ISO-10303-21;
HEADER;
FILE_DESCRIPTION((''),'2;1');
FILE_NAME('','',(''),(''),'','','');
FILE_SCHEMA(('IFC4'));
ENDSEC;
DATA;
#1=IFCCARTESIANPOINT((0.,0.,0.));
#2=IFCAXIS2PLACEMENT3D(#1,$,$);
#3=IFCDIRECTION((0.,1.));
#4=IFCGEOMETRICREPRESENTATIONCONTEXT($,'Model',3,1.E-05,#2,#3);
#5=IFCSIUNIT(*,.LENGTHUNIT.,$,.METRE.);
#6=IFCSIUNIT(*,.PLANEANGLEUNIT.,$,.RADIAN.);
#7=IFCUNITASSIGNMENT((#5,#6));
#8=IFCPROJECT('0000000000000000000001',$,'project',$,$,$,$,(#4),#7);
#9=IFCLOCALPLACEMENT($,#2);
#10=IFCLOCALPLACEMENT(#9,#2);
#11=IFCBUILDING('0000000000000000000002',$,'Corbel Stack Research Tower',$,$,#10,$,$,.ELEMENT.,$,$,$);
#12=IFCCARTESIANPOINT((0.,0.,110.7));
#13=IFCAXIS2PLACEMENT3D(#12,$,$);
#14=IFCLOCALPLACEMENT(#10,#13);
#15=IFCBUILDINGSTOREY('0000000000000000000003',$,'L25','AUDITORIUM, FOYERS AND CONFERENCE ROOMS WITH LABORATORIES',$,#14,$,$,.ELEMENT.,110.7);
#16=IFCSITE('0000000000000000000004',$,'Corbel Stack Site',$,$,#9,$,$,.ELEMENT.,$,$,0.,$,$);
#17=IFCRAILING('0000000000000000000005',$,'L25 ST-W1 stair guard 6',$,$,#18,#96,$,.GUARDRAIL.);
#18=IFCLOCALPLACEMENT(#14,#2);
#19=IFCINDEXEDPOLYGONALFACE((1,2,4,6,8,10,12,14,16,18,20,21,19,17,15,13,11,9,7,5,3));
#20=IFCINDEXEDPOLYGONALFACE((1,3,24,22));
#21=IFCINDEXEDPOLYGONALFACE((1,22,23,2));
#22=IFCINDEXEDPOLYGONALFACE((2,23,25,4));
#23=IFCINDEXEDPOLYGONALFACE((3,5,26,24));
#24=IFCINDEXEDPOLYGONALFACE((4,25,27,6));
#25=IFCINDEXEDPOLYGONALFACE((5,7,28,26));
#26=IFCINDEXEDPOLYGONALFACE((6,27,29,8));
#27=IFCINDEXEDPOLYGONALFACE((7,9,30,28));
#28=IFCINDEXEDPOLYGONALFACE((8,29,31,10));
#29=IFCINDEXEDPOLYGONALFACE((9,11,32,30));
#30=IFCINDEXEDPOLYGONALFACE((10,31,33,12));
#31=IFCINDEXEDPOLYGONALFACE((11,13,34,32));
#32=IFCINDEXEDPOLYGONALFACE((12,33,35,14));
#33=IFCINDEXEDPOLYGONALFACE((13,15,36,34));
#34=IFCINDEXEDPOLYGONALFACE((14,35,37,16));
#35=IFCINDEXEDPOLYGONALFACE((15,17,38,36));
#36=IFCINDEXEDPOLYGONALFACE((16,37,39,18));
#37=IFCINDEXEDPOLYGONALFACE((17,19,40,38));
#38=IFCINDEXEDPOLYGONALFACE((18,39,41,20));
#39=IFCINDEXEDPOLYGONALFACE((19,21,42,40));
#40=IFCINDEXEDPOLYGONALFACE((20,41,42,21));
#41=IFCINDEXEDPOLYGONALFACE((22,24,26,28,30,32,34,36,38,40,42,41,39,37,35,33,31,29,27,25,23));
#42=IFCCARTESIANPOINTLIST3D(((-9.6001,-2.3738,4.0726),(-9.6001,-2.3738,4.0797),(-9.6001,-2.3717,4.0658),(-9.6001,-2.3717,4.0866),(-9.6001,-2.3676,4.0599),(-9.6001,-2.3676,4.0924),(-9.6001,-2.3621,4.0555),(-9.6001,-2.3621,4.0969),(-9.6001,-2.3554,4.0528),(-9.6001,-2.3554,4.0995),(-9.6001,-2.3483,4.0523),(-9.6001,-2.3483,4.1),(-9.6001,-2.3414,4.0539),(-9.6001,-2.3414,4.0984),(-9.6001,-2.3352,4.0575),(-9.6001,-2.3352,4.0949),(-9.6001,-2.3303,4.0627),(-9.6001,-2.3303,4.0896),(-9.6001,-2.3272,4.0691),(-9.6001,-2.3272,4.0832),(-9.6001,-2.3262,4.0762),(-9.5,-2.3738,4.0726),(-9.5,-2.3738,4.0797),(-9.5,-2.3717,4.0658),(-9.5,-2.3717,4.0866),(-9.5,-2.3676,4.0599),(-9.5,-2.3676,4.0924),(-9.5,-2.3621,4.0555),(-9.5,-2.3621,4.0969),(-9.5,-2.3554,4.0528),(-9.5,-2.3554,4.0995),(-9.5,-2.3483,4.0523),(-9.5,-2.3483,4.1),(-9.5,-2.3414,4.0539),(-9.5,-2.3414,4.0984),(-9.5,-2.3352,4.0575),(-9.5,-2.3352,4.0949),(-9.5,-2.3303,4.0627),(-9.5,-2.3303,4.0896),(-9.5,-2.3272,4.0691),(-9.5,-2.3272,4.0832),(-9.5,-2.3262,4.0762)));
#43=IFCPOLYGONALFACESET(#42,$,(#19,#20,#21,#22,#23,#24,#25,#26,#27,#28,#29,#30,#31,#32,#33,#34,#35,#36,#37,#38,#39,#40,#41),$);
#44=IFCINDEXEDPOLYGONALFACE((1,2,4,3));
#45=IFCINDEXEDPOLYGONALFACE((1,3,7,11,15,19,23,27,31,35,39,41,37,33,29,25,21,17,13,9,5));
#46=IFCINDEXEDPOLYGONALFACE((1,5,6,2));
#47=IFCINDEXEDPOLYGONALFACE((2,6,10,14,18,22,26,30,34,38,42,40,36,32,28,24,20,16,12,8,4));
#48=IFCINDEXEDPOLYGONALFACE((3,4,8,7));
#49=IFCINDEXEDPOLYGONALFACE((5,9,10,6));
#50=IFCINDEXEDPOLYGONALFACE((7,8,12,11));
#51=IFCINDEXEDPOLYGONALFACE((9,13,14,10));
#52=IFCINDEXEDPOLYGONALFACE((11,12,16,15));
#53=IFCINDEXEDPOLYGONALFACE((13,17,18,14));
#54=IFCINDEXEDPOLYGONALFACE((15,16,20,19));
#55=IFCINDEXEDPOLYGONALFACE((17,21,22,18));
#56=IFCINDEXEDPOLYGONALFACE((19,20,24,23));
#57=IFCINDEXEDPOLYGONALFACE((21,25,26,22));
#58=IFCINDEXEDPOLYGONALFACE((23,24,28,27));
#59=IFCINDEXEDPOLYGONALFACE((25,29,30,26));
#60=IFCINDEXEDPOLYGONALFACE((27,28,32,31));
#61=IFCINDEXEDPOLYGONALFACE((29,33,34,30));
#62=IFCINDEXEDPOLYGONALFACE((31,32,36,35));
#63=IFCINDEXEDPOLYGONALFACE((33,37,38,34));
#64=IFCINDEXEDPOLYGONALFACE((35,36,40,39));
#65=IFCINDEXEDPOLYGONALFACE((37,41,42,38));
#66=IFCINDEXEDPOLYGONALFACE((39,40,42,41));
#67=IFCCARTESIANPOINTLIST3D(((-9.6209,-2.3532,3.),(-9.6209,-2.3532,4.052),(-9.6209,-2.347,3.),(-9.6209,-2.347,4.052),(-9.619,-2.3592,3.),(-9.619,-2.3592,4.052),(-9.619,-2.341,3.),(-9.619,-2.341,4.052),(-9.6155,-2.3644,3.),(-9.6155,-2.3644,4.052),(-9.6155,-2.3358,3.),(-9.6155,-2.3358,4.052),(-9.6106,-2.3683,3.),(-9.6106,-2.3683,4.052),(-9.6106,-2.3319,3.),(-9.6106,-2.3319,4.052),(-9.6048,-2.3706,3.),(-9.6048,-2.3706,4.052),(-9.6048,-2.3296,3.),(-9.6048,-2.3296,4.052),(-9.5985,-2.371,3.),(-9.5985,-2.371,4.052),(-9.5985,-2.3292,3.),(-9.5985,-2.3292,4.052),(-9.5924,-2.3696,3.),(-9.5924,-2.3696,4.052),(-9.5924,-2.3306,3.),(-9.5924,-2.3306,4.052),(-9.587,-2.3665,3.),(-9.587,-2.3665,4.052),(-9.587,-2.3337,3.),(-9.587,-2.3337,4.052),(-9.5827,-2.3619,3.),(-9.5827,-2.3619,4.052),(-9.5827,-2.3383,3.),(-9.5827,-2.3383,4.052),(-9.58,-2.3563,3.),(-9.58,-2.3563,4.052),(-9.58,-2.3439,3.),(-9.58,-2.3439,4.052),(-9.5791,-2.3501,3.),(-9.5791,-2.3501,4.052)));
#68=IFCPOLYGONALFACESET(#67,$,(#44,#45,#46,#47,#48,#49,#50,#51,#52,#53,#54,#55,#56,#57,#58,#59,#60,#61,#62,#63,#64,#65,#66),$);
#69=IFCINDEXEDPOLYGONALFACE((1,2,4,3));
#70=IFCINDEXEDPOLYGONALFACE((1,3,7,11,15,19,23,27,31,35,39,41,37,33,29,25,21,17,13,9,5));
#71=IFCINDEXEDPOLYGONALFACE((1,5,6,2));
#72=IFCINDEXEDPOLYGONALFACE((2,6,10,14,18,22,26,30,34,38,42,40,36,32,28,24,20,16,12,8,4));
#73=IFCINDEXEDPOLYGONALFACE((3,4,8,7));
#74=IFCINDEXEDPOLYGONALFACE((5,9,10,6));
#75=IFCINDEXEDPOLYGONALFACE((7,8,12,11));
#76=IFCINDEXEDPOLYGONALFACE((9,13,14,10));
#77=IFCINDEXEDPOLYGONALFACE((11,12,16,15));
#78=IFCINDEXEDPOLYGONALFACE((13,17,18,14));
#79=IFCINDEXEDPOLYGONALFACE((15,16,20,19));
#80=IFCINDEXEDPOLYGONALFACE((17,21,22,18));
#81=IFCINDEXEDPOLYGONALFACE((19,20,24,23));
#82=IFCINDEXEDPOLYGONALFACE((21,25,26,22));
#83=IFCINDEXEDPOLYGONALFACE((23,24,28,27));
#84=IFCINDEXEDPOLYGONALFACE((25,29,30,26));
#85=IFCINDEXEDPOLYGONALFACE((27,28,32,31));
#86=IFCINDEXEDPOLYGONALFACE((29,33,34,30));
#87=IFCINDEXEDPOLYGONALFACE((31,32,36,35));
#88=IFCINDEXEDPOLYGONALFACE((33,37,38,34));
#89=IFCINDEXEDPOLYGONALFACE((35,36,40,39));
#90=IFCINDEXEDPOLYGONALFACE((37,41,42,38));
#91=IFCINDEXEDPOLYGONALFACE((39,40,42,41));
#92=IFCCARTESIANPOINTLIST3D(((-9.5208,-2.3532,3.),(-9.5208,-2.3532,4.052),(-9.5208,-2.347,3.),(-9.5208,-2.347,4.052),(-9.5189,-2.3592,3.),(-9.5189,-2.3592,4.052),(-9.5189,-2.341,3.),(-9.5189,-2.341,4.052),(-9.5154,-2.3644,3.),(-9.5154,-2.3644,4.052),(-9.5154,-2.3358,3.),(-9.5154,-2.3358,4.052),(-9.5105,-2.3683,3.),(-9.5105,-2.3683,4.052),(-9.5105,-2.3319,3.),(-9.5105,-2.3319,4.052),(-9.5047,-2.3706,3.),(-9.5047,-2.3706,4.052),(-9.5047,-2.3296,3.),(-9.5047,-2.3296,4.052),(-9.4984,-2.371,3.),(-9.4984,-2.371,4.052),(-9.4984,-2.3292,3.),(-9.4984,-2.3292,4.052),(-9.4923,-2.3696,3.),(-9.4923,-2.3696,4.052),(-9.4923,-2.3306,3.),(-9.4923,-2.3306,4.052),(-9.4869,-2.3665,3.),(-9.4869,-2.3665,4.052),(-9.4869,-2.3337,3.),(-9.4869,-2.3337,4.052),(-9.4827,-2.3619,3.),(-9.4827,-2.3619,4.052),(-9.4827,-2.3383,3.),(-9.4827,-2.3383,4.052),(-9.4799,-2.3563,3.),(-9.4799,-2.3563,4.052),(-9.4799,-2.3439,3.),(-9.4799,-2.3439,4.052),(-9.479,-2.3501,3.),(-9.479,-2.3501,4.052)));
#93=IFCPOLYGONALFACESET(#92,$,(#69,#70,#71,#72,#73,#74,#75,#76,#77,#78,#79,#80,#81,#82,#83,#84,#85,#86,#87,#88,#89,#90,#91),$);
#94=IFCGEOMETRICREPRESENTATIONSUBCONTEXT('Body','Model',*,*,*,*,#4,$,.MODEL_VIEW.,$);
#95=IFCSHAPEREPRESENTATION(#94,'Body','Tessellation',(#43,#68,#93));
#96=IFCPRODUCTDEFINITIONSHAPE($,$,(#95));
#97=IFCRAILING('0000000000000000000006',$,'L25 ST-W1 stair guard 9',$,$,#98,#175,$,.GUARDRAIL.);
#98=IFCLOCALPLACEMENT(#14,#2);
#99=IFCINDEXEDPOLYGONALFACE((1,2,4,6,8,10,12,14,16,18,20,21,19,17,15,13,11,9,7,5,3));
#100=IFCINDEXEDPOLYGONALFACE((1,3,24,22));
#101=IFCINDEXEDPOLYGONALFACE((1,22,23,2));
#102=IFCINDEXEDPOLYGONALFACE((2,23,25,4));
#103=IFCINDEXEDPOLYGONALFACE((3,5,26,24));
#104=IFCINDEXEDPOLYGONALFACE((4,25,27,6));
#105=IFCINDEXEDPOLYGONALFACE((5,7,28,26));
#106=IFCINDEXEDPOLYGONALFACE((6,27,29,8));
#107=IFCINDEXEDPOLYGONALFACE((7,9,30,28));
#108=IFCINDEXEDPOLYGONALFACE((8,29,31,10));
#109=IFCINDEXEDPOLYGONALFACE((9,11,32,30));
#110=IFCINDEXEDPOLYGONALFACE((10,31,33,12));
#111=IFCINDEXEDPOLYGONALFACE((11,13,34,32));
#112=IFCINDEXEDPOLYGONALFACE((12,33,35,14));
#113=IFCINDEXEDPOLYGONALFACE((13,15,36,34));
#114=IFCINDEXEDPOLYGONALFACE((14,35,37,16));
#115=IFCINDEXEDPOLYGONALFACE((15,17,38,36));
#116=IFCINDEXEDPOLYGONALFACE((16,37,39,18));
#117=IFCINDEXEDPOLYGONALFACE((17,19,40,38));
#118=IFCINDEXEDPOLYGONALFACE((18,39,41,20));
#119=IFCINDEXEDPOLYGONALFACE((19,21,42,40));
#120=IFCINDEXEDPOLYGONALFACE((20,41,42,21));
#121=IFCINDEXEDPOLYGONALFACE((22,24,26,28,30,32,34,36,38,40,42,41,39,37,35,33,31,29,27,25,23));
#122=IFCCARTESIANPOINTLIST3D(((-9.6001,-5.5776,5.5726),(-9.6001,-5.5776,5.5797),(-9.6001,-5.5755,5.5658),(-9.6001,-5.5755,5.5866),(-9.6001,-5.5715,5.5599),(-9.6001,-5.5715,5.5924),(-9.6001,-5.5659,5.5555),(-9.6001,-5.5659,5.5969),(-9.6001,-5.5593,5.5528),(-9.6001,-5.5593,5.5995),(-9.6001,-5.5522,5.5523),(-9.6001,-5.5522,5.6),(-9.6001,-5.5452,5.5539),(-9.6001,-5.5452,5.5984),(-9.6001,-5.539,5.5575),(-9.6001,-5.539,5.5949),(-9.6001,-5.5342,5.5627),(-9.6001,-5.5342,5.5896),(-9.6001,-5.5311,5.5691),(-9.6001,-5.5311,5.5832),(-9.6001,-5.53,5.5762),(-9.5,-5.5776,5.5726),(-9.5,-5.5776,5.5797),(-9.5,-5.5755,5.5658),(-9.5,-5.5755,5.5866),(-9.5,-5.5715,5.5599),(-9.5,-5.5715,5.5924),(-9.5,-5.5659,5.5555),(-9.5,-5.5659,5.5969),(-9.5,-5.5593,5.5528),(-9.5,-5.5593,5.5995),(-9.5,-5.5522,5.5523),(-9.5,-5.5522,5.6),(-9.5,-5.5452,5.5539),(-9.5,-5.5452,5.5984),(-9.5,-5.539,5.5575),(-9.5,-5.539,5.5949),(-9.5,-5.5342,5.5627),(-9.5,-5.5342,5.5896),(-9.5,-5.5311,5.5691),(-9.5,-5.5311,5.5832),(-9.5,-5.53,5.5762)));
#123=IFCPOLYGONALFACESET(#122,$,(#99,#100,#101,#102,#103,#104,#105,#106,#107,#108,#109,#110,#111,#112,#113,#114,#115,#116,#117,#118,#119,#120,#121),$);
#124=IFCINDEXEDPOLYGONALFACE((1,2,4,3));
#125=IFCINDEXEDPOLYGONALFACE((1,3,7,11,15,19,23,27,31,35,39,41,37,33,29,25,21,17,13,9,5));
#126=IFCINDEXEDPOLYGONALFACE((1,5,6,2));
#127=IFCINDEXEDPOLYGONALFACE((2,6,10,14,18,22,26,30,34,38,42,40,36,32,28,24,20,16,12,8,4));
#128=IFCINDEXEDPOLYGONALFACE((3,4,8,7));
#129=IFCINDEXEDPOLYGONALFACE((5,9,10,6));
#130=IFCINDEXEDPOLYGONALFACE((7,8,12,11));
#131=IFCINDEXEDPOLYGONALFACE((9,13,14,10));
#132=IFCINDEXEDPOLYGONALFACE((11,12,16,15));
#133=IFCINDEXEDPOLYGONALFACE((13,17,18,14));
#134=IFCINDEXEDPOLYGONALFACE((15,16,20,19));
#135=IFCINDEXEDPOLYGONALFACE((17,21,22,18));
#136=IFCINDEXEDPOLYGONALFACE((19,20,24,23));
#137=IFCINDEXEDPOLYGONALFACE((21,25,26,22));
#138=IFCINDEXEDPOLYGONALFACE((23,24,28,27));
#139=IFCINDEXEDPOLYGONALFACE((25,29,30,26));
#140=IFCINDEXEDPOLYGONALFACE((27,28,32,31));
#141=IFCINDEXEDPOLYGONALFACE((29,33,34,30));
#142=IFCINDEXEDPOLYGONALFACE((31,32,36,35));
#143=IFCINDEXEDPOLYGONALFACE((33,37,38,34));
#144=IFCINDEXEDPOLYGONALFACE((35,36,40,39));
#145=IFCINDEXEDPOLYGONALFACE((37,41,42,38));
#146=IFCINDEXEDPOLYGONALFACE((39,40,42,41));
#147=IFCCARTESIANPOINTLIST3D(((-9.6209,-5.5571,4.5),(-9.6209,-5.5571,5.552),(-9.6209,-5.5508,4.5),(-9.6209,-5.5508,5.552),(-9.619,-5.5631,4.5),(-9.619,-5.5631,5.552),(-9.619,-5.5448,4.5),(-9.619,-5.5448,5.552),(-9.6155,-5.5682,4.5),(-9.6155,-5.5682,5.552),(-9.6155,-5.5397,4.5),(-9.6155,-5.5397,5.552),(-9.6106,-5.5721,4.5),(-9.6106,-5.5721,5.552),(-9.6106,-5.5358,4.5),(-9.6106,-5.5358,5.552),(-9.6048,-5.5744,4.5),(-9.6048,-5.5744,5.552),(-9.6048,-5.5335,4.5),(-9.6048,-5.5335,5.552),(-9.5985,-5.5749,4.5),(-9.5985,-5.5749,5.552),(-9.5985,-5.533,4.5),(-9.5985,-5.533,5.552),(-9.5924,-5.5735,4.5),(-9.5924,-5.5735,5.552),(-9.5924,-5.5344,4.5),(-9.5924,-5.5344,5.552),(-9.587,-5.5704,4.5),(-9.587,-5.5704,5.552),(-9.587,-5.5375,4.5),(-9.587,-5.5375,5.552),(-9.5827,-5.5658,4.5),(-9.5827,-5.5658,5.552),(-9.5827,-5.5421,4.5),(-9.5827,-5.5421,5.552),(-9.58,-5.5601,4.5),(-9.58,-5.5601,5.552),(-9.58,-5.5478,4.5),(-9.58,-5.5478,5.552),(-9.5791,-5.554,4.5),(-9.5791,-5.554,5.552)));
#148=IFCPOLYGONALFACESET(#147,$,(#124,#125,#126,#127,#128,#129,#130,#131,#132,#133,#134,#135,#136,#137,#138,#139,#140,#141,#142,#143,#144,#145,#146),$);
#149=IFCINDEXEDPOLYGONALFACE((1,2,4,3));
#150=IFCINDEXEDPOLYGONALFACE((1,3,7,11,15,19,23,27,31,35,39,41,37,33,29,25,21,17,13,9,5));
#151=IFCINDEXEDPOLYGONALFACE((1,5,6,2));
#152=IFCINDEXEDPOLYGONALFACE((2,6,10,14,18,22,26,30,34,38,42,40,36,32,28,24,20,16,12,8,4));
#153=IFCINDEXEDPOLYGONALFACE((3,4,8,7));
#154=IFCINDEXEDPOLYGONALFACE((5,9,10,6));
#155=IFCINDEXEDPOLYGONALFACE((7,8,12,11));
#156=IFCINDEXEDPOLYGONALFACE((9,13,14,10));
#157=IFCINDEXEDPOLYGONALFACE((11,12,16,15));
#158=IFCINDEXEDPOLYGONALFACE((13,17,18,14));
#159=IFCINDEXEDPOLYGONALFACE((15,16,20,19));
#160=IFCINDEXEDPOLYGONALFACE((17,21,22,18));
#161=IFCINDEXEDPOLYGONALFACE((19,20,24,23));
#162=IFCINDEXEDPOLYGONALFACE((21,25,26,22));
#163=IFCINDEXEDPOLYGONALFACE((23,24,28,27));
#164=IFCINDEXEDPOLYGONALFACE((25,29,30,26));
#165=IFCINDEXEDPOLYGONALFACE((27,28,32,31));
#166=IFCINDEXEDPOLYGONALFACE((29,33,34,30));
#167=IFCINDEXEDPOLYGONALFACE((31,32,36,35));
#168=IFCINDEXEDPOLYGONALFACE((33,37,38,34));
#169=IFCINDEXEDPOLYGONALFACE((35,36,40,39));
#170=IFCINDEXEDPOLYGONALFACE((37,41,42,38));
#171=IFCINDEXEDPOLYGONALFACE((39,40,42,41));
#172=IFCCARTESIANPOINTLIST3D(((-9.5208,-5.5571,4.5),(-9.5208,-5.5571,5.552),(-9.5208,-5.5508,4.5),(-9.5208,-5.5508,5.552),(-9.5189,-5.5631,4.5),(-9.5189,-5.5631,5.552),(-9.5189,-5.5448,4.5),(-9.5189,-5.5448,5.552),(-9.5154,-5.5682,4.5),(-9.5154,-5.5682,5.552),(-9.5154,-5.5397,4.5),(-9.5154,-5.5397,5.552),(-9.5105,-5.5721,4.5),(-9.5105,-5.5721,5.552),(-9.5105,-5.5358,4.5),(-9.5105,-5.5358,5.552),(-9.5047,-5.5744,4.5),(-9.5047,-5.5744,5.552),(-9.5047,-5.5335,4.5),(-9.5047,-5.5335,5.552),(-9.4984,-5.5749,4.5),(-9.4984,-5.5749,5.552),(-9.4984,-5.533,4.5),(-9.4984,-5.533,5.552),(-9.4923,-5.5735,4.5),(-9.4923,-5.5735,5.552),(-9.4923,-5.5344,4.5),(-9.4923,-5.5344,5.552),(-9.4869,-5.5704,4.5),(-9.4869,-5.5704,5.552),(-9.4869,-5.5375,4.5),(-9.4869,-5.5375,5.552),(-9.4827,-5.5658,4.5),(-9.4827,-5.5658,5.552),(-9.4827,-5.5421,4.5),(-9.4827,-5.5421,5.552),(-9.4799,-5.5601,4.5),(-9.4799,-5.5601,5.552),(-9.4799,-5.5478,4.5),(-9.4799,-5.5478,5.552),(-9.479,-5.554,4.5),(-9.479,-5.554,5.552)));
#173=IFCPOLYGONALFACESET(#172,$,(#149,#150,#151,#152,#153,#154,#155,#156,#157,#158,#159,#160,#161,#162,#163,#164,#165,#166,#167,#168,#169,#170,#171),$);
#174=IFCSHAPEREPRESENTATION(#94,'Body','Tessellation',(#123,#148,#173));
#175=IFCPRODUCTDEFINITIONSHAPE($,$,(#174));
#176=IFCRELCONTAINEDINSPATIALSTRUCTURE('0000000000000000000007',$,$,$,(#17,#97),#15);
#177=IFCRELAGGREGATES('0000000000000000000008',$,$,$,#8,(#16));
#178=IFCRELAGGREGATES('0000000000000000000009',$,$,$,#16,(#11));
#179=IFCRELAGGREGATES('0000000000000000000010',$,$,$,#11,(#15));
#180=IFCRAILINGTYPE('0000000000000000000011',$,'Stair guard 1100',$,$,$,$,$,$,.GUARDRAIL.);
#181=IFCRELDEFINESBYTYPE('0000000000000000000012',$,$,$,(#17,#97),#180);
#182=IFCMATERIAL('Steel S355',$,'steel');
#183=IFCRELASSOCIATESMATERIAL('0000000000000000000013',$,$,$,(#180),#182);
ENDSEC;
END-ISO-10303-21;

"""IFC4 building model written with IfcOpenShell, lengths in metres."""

from ifc_helpers import new_model, si_unit, direction, frame, origin, origin_2d, place, context, subcontext, project, spatial, circle, extrude, material, type_object, element, save


model = new_model("IFC4")

# Units and contexts
model_context = context("Model", 3, precision=1e-05, world=origin(), true_north=direction((0.0, 1.0)))
body_context = subcontext(model_context, "Body", "Model", "MODEL_VIEW")
ifc_project = project(units=[si_unit("LENGTHUNIT", "METRE"), si_unit("PLANEANGLEUNIT", "RADIAN")], contexts=[model_context])

# Site, building, storey
site_placement = place(None, origin())
site = spatial("IfcSite", under=ifc_project, at=site_placement, Name="Corbel Stack Site", CompositionType="ELEMENT", RefElevation=0.0)
building_placement = place(site_placement, origin())
building = spatial("IfcBuilding", under=site, at=building_placement, Name="Corbel Stack Research Tower", CompositionType="ELEMENT")
storey_placement = place(building_placement, frame((0.0, 0.0, 110.7)))
storey = spatial("IfcBuildingStorey", under=building, at=storey_placement, Name="L25", Description="AUDITORIUM, FOYERS AND CONFERENCE ROOMS WITH LABORATORIES", CompositionType="ELEMENT", Elevation=110.7)

# Railings
ifc_material_1 = material(Name="Steel S355", Category="steel")
railing_type = type_object("IfcRailingType", Name="Stair guard 1100", PredefinedType="GUARDRAIL", material=ifc_material_1)
for number, where, name in (
    (1, (-9.6001, -2.3501, 3.0), "L25 ST-W1 stair guard 6"),
    (2, (-9.6001, -5.554, 4.5), "L25 ST-W1 stair guard 9"),
):
    element("IfcRailing", number, at=place(storey_placement, frame(where)), inside=storey, type_object=railing_type, Name=name, PredefinedType="GUARDRAIL", context=body_context, shape_type="SweptSolid", body=[
        extrude(circle(Radius=0.0239, at=origin_2d()), frame((0.0, 0.0, 1.0762), z_axis=(1.0, 0.0, 0.0), x_axis=(0.0, 1.0, 0.0)), (0.0, 0.0, 1.0), 0.1001),
        extrude(circle(Radius=0.021, at=origin_2d()), origin(), (0.0, 0.0, 1.0), 1.052),
        extrude(circle(Radius=0.021, at=origin_2d()), frame((0.1001, 0.0, 0.0)), (0.0, 0.0, 1.0), 1.052),
    ])

save(model, "model.ifc")
